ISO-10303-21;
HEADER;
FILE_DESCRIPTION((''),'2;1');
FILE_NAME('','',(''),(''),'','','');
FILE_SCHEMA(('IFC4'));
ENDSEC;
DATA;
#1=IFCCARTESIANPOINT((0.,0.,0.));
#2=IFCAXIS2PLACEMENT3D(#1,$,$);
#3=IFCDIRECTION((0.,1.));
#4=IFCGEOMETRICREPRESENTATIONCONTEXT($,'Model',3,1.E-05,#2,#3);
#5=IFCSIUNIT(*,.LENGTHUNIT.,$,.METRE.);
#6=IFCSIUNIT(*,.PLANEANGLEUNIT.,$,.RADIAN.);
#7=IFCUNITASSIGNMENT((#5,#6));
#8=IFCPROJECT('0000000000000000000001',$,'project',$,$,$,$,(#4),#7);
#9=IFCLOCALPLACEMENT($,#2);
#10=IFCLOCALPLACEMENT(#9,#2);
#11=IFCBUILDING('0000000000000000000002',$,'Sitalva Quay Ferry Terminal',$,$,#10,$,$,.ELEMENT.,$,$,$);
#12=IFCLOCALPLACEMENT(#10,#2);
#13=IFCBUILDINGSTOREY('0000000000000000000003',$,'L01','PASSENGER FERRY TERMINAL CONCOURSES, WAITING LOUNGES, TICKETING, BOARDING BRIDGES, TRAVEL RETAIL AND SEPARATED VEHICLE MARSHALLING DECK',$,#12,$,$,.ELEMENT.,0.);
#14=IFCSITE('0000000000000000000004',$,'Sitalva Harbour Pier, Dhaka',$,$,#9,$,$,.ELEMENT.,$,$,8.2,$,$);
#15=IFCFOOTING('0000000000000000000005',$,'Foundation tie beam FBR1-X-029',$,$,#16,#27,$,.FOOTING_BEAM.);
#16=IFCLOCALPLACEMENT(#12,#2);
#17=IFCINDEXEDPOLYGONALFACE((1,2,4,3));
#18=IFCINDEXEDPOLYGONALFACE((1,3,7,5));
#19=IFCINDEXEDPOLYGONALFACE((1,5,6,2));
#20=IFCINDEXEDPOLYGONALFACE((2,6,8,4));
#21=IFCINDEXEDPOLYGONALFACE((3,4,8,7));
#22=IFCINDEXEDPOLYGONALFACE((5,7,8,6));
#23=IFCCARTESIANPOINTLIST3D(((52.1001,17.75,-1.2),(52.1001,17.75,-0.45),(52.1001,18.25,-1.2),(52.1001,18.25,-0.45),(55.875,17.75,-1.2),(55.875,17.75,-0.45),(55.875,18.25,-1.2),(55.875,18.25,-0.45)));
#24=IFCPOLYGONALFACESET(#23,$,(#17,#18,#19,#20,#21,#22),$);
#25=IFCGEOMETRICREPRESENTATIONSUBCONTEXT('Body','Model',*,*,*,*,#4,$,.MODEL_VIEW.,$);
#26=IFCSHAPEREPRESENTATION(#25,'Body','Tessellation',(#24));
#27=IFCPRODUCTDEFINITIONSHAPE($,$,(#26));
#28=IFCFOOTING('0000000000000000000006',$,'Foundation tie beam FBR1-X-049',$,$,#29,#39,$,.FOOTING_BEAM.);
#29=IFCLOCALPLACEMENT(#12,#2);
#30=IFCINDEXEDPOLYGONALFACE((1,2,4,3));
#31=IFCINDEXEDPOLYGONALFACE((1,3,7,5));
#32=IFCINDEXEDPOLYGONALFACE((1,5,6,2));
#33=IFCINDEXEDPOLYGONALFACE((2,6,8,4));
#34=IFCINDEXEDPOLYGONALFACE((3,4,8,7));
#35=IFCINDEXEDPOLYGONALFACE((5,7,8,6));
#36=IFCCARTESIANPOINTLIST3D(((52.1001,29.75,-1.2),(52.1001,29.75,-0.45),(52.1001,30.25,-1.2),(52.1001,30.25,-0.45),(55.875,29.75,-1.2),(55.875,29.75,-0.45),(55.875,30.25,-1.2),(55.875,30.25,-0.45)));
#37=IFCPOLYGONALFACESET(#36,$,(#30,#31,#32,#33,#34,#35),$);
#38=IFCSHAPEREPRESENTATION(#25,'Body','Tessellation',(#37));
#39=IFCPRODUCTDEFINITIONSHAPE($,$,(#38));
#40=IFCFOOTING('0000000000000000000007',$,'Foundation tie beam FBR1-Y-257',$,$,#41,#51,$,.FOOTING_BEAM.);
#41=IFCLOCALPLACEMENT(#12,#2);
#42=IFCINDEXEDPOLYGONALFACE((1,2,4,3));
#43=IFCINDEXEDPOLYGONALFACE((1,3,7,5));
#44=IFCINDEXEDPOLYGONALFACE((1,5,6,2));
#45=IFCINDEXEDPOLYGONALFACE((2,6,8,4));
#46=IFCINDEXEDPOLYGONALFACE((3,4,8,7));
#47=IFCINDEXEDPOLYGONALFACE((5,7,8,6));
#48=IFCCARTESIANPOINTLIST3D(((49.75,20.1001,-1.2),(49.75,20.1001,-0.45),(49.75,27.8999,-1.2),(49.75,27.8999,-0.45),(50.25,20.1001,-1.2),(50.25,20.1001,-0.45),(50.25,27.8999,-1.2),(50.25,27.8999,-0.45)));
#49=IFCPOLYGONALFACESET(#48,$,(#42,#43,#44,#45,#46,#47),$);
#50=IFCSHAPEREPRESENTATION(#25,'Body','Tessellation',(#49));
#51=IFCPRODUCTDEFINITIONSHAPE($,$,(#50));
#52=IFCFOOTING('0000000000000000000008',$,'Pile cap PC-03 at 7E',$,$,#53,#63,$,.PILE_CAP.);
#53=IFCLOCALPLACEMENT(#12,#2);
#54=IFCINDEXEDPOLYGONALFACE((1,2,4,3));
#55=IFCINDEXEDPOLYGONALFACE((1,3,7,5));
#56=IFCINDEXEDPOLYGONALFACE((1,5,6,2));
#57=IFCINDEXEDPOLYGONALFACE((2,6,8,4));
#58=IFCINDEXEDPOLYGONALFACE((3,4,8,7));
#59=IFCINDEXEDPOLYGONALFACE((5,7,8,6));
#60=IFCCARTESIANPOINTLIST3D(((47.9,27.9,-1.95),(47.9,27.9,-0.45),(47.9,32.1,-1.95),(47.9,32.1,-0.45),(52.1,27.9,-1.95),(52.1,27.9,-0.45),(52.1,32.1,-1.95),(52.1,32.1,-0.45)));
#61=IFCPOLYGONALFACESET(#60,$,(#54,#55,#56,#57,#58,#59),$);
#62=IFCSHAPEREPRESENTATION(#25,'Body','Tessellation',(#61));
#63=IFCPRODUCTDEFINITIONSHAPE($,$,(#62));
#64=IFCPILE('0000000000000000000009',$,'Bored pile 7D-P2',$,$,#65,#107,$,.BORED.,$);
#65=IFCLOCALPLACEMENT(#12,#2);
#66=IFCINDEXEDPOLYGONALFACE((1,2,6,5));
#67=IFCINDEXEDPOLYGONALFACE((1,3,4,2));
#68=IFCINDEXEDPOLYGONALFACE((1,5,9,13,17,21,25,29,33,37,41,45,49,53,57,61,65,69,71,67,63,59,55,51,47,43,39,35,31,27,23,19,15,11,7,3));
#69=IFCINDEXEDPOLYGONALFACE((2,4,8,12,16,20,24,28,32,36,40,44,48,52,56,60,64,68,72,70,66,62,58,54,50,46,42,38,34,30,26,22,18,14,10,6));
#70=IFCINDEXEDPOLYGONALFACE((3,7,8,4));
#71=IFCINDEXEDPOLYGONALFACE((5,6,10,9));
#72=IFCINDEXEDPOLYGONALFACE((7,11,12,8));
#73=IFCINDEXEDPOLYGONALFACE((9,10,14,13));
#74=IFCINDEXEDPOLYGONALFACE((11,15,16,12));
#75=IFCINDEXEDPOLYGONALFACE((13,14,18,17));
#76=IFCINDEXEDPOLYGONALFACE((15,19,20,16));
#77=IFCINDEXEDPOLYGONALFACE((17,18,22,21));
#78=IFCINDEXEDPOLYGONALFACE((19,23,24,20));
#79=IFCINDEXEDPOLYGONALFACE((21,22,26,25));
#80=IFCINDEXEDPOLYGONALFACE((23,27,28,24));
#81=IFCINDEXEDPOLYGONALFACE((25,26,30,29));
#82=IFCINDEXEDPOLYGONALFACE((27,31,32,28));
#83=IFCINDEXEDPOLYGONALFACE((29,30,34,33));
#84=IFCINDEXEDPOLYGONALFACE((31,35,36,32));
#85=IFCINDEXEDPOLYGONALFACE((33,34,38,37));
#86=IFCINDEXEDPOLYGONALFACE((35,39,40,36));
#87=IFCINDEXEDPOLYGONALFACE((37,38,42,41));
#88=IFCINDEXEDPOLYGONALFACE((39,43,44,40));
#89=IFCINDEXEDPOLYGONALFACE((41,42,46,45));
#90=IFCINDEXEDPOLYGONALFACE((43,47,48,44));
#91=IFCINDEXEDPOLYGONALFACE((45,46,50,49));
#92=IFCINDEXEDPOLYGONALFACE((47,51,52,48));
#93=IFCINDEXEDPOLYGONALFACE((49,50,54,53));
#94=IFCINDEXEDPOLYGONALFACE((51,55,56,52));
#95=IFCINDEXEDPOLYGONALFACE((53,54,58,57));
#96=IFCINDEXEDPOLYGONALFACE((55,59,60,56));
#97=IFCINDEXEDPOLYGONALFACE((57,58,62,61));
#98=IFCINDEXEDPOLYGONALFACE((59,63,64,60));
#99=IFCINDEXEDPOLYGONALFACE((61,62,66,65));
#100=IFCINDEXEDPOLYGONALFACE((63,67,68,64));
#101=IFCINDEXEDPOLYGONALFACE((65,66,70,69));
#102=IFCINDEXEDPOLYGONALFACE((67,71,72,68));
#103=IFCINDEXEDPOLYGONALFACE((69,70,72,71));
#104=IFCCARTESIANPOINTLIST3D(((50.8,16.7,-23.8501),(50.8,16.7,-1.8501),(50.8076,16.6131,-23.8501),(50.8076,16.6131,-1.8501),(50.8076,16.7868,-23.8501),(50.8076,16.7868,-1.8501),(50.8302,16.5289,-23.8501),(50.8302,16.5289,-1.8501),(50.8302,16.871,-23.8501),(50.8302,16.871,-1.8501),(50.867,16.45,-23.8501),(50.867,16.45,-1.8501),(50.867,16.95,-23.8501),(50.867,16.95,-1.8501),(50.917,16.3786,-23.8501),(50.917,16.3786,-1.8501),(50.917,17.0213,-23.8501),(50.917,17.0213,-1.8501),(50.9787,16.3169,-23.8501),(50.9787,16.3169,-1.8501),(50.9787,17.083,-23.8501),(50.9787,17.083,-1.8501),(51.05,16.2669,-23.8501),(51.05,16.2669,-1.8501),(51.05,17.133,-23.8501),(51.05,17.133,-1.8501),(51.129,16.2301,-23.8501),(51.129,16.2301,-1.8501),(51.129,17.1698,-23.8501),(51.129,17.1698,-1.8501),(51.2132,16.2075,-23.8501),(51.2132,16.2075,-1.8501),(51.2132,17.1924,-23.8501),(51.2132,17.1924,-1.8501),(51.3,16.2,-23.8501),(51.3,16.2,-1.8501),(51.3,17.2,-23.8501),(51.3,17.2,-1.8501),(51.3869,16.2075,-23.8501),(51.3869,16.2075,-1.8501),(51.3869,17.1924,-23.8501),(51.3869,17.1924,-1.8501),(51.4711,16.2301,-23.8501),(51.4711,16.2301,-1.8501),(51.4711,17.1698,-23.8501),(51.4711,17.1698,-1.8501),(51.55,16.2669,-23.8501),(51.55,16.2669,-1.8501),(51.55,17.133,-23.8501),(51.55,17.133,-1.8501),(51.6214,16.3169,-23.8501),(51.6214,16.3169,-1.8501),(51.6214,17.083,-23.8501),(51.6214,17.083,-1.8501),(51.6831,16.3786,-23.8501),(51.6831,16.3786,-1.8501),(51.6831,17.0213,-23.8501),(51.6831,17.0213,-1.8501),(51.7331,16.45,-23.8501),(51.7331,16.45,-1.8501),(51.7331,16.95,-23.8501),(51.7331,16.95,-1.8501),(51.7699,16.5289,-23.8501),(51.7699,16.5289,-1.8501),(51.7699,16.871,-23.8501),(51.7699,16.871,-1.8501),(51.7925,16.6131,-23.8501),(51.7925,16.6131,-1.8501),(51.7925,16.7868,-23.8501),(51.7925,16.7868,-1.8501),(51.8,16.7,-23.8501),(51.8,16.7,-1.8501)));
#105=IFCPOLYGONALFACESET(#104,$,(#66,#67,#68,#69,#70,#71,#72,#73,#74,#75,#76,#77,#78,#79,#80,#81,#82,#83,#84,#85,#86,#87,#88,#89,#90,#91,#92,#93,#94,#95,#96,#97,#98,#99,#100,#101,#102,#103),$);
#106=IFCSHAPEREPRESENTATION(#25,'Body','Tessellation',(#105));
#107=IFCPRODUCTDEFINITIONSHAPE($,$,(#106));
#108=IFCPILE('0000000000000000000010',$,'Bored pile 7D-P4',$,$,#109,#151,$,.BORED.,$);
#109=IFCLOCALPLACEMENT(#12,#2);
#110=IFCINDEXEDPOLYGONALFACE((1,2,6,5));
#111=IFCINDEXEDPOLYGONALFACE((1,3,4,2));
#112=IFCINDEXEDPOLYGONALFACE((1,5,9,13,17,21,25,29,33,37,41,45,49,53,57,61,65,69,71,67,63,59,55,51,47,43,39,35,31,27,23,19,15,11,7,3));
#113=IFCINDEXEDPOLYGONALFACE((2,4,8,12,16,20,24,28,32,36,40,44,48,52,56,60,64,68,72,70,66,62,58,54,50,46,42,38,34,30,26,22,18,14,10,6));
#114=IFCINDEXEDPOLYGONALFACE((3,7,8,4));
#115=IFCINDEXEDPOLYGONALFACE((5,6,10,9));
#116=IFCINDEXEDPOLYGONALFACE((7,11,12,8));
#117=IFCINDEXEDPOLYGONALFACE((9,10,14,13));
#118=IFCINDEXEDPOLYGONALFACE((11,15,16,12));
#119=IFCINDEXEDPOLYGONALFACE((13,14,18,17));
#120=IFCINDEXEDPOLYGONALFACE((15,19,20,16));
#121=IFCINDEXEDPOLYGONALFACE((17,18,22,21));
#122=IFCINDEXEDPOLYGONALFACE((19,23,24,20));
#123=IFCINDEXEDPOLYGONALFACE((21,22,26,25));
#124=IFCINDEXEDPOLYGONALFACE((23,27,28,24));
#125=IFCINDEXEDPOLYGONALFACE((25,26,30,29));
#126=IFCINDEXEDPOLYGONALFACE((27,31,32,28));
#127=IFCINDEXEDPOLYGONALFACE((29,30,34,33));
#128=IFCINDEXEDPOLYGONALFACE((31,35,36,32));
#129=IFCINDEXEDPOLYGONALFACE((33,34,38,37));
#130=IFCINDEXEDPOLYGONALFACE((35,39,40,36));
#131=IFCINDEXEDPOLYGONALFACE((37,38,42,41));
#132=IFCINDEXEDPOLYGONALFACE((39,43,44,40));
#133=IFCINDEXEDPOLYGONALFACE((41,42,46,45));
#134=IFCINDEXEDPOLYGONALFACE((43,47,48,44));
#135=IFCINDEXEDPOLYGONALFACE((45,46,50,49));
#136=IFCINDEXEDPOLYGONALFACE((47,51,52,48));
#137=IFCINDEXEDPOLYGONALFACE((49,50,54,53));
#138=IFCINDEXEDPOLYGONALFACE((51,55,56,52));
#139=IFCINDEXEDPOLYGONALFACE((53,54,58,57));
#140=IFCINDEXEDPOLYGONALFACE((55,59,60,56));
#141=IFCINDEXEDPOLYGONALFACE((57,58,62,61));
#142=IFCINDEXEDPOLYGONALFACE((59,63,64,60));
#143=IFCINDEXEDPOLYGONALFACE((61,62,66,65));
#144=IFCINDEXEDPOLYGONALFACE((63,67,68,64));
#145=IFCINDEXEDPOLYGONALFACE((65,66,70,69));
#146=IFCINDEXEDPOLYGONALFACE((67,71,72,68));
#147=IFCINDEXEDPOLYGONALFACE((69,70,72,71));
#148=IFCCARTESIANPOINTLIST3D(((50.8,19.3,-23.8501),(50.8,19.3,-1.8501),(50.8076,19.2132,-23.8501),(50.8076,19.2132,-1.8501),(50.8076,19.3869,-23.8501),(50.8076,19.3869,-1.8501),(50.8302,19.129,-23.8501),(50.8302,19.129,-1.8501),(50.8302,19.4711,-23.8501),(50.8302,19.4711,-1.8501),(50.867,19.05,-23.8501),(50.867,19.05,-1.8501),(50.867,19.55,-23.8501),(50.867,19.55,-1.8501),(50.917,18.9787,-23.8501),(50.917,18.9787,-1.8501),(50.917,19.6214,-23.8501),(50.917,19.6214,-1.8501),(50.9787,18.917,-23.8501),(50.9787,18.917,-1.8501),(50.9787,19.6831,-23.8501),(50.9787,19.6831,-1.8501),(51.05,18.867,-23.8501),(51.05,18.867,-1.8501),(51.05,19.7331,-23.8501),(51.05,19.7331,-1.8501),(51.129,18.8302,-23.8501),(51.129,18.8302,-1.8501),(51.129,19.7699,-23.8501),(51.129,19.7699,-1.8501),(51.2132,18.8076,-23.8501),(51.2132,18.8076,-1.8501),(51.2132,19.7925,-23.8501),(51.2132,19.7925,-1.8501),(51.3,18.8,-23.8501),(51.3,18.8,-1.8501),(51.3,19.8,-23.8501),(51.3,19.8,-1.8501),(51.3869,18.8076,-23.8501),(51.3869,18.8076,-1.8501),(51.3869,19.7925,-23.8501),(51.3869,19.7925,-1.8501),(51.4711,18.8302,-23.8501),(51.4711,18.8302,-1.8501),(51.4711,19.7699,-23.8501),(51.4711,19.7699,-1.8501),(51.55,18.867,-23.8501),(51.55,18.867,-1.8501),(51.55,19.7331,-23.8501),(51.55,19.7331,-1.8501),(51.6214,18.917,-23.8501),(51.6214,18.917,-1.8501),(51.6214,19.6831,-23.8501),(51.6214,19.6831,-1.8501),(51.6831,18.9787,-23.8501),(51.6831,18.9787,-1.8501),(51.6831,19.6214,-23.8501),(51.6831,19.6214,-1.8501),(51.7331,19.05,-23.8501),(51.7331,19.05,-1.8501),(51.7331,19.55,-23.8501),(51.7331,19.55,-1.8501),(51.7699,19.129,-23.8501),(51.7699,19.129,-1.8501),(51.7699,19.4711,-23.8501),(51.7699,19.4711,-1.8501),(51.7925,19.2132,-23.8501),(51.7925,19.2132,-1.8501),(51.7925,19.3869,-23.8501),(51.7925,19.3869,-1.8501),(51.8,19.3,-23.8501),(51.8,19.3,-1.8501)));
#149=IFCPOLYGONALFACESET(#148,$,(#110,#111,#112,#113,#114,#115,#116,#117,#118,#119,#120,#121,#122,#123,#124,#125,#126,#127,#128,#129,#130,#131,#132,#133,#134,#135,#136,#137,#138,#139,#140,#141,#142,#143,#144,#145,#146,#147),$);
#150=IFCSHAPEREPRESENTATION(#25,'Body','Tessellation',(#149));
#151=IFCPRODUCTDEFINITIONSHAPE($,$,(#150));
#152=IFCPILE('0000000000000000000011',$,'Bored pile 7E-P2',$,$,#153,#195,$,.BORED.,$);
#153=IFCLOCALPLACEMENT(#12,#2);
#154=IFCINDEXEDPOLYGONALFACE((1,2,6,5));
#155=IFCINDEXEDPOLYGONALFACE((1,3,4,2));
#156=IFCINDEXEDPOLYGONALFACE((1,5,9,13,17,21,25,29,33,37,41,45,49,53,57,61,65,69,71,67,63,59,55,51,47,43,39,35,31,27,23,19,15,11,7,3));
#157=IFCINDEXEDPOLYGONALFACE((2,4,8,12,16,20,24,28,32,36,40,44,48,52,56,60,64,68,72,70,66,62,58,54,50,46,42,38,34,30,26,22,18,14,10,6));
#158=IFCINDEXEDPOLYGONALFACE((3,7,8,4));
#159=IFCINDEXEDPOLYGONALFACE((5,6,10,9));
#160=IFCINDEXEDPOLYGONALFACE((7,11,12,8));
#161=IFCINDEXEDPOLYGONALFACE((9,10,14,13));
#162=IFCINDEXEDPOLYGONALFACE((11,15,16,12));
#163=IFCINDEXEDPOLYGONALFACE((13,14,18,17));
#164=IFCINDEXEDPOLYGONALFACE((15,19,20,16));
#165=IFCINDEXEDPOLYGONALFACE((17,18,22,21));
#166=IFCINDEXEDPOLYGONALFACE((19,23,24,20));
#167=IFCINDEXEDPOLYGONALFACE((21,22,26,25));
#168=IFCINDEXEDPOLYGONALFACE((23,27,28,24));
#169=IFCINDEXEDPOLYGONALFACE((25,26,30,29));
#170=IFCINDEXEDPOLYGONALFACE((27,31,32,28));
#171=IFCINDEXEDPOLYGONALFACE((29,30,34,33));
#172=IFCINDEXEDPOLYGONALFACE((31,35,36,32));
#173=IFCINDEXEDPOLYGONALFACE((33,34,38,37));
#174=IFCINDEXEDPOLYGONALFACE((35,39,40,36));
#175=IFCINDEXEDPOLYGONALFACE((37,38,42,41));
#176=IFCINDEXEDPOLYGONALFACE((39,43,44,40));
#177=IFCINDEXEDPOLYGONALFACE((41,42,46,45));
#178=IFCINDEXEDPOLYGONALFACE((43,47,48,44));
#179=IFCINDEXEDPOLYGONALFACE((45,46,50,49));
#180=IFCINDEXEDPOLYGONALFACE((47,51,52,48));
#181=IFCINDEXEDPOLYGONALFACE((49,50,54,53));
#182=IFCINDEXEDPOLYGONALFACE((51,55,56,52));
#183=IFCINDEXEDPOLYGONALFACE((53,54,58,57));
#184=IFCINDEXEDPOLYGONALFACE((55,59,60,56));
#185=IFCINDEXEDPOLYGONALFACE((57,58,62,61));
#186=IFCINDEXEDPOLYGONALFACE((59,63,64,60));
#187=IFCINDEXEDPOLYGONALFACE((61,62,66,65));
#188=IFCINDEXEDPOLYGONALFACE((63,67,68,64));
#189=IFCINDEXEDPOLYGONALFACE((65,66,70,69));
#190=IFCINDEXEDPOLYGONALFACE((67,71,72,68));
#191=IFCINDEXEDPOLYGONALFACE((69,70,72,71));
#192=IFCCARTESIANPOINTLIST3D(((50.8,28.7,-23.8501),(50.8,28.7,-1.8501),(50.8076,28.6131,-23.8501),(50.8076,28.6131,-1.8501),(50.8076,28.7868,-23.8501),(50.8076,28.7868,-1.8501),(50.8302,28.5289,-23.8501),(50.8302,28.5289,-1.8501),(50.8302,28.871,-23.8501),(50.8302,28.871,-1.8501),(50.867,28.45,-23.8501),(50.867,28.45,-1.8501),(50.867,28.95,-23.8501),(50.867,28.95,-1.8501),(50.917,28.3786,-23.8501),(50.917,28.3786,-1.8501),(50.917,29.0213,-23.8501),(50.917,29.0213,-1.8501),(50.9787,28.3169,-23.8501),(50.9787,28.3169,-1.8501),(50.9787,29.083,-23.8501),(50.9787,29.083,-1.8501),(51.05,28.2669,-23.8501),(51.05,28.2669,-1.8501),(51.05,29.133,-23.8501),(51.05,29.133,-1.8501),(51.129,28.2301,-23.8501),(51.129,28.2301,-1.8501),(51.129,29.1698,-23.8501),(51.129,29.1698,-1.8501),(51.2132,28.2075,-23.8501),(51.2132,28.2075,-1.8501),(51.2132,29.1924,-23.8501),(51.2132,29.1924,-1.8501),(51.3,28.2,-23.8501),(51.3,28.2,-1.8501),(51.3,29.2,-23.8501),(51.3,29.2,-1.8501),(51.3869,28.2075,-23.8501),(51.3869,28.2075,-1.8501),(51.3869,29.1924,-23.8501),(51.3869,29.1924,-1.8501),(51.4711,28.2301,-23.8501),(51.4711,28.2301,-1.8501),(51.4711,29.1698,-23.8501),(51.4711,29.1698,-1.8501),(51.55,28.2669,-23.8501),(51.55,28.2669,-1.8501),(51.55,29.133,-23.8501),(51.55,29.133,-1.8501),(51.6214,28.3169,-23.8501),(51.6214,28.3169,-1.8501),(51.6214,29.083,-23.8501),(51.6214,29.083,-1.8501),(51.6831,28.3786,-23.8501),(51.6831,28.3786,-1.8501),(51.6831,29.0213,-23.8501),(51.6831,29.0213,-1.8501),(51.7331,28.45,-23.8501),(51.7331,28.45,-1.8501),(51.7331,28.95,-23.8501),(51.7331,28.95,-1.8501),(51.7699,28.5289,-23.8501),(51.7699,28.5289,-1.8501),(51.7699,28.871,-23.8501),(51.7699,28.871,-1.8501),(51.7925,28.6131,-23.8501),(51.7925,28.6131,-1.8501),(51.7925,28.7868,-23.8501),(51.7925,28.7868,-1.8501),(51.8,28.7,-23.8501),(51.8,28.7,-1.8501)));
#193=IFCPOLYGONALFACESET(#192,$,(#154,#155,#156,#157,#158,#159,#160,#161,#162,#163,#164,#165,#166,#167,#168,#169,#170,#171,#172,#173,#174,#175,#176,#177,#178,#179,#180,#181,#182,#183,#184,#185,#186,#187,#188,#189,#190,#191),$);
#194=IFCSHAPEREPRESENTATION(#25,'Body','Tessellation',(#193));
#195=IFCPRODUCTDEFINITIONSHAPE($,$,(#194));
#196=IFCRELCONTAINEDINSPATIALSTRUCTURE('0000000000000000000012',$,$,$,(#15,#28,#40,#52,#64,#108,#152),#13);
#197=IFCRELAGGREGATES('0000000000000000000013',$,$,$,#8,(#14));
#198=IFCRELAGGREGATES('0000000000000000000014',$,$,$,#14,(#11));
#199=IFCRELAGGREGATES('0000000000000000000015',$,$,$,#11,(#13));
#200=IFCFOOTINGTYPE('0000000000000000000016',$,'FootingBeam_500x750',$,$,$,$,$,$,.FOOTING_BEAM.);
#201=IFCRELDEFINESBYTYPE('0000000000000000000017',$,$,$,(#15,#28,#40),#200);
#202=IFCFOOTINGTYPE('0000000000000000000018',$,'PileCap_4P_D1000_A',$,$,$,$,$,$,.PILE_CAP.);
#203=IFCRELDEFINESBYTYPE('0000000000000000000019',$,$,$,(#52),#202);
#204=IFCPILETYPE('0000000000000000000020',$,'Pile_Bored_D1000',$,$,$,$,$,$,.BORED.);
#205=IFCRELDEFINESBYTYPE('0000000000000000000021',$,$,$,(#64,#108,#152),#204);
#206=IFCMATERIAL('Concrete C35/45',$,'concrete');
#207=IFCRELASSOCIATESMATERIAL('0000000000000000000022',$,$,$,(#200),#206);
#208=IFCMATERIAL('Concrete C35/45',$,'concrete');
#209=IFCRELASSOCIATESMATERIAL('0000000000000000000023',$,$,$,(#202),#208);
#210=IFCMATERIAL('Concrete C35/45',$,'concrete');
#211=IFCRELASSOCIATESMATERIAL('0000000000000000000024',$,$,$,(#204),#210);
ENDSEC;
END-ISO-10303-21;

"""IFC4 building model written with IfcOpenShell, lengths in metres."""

from ifc_helpers import new_model, si_unit, direction, frame, origin, origin_2d, place, context, subcontext, project, spatial, rectangle, circle, extrude, material, material_profile, profile_set, type_object, element, save


model = new_model("IFC4")

# Units and contexts
model_context = context("Model", 3, precision=1e-05, world=origin(), true_north=direction((0.0, 1.0)))
body_context = subcontext(model_context, "Body", "Model", "MODEL_VIEW")
ifc_project = project(units=[si_unit("LENGTHUNIT", "METRE"), si_unit("PLANEANGLEUNIT", "RADIAN")], contexts=[model_context])

# Site, building, storey
site_placement = place(None, origin())
site = spatial("IfcSite", under=ifc_project, at=site_placement, Name="Sitalva Harbour Pier, Dhaka", CompositionType="ELEMENT", RefElevation=8.2)
building_placement = place(site_placement, origin())
building = spatial("IfcBuilding", under=site, at=building_placement, Name="Sitalva Quay Ferry Terminal", CompositionType="ELEMENT")
storey_placement = place(building_placement, origin())
storey = spatial("IfcBuildingStorey", under=building, at=storey_placement, Name="L01", Description="PASSENGER FERRY TERMINAL CONCOURSES, WAITING LOUNGES, TICKETING, BOARDING BRIDGES, TRAVEL RETAIL AND SEPARATED VEHICLE MARSHALLING DECK", CompositionType="ELEMENT", Elevation=0.0)

# Footings
ifc_material_1 = material(Name="Concrete C35/45", Category="concrete")
ifc_material_profile_1 = material_profile(ifc_material_1, rectangle(XDim=0.5, YDim=0.75, at=origin_2d()), Name="RC500x750")
ifc_profile_set_1 = profile_set([ifc_material_profile_1], Name="Concrete C35/45")
footing_type_1 = type_object("IfcFootingType", Name="FootingBeam_500x750", PredefinedType="FOOTING_BEAM", material=ifc_profile_set_1)
for number, where, z_axis, x_axis, name in (
    (1, (52.1001, 18.0, -0.825), (1.0, 0.0, 0.0), (0.0, 1.0, 0.0), "Foundation tie beam FBR1-X-029"),
    (2, (52.1001, 30.0, -0.825), (1.0, 0.0, 0.0), (0.0, 1.0, 0.0), "Foundation tie beam FBR1-X-049"),
):
    element("IfcFooting", number, at=place(storey_placement, frame(where, z_axis=z_axis, x_axis=x_axis)), inside=storey, type_object=footing_type_1, Name=name, PredefinedType="FOOTING_BEAM", context=body_context, shape_type="SweptSolid", body=[
        extrude(rectangle(XDim=0.5, YDim=0.75, at=origin_2d()), origin(), (0.0, 0.0, 1.0), 3.7749),
    ])
footing_1_placement = place(storey_placement, frame((50.0, 20.1001, -0.825), z_axis=(0.0, 1.0, 0.0), x_axis=(-1.0, 0.0, 0.0)))
element("IfcFooting", 3, at=footing_1_placement, inside=storey, type_object=footing_type_1, Name="Foundation tie beam FBR1-Y-257", PredefinedType="FOOTING_BEAM", context=body_context, shape_type="SweptSolid", body=[
    extrude(rectangle(XDim=0.5, YDim=0.75, at=origin_2d()), origin(), (0.0, 0.0, 1.0), 7.7998),
])
ifc_material_2 = material(Name="Concrete C35/45", Category="concrete")
footing_type_2 = type_object("IfcFootingType", Name="PileCap_4P_D1000_A", PredefinedType="PILE_CAP", material=ifc_material_2)
footing_2_placement = place(storey_placement, frame((50.0, 30.0, -1.95), z_axis=(0.0, 0.0, 1.0), x_axis=(1.0, 0.0, 0.0)))
element("IfcFooting", 4, at=footing_2_placement, inside=storey, type_object=footing_type_2, Name="Pile cap PC-03 at 7E", PredefinedType="PILE_CAP", context=body_context, shape_type="SweptSolid", body=[
    extrude(rectangle(XDim=4.2, YDim=4.2, at=origin_2d()), origin(), (0.0, 0.0, 1.0), 1.5),
])

# Piles
ifc_material_3 = material(Name="Concrete C35/45", Category="concrete")
ifc_material_profile_2 = material_profile(ifc_material_3, circle(Radius=0.5, at=origin_2d()), Name="PILE-D1000")
ifc_profile_set_2 = profile_set([ifc_material_profile_2], Name="Concrete C35/45")
pile_type = type_object("IfcPileType", Name="Pile_Bored_D1000", PredefinedType="BORED", material=ifc_profile_set_2)
for number, where, z_axis, x_axis, name in (
    (5, (51.3, 16.7, -1.8501), (0.0, 0.0, -1.0), (1.0, 0.0, 0.0), "Bored pile 7D-P2"),
    (6, (51.3, 19.3, -1.8501), (0.0, 0.0, -1.0), (1.0, 0.0, 0.0), "Bored pile 7D-P4"),
    (7, (51.3, 28.7, -1.8501), (0.0, 0.0, -1.0), (1.0, 0.0, 0.0), "Bored pile 7E-P2"),
):
    element("IfcPile", number, at=place(storey_placement, frame(where, z_axis=z_axis, x_axis=x_axis)), inside=storey, type_object=pile_type, Name=name, PredefinedType="BORED", context=body_context, shape_type="SweptSolid", body=[
        extrude(circle(Radius=0.5, at=origin_2d()), origin(), (0.0, 0.0, 1.0), 22.0),
    ])

save(model, "model.ifc")
